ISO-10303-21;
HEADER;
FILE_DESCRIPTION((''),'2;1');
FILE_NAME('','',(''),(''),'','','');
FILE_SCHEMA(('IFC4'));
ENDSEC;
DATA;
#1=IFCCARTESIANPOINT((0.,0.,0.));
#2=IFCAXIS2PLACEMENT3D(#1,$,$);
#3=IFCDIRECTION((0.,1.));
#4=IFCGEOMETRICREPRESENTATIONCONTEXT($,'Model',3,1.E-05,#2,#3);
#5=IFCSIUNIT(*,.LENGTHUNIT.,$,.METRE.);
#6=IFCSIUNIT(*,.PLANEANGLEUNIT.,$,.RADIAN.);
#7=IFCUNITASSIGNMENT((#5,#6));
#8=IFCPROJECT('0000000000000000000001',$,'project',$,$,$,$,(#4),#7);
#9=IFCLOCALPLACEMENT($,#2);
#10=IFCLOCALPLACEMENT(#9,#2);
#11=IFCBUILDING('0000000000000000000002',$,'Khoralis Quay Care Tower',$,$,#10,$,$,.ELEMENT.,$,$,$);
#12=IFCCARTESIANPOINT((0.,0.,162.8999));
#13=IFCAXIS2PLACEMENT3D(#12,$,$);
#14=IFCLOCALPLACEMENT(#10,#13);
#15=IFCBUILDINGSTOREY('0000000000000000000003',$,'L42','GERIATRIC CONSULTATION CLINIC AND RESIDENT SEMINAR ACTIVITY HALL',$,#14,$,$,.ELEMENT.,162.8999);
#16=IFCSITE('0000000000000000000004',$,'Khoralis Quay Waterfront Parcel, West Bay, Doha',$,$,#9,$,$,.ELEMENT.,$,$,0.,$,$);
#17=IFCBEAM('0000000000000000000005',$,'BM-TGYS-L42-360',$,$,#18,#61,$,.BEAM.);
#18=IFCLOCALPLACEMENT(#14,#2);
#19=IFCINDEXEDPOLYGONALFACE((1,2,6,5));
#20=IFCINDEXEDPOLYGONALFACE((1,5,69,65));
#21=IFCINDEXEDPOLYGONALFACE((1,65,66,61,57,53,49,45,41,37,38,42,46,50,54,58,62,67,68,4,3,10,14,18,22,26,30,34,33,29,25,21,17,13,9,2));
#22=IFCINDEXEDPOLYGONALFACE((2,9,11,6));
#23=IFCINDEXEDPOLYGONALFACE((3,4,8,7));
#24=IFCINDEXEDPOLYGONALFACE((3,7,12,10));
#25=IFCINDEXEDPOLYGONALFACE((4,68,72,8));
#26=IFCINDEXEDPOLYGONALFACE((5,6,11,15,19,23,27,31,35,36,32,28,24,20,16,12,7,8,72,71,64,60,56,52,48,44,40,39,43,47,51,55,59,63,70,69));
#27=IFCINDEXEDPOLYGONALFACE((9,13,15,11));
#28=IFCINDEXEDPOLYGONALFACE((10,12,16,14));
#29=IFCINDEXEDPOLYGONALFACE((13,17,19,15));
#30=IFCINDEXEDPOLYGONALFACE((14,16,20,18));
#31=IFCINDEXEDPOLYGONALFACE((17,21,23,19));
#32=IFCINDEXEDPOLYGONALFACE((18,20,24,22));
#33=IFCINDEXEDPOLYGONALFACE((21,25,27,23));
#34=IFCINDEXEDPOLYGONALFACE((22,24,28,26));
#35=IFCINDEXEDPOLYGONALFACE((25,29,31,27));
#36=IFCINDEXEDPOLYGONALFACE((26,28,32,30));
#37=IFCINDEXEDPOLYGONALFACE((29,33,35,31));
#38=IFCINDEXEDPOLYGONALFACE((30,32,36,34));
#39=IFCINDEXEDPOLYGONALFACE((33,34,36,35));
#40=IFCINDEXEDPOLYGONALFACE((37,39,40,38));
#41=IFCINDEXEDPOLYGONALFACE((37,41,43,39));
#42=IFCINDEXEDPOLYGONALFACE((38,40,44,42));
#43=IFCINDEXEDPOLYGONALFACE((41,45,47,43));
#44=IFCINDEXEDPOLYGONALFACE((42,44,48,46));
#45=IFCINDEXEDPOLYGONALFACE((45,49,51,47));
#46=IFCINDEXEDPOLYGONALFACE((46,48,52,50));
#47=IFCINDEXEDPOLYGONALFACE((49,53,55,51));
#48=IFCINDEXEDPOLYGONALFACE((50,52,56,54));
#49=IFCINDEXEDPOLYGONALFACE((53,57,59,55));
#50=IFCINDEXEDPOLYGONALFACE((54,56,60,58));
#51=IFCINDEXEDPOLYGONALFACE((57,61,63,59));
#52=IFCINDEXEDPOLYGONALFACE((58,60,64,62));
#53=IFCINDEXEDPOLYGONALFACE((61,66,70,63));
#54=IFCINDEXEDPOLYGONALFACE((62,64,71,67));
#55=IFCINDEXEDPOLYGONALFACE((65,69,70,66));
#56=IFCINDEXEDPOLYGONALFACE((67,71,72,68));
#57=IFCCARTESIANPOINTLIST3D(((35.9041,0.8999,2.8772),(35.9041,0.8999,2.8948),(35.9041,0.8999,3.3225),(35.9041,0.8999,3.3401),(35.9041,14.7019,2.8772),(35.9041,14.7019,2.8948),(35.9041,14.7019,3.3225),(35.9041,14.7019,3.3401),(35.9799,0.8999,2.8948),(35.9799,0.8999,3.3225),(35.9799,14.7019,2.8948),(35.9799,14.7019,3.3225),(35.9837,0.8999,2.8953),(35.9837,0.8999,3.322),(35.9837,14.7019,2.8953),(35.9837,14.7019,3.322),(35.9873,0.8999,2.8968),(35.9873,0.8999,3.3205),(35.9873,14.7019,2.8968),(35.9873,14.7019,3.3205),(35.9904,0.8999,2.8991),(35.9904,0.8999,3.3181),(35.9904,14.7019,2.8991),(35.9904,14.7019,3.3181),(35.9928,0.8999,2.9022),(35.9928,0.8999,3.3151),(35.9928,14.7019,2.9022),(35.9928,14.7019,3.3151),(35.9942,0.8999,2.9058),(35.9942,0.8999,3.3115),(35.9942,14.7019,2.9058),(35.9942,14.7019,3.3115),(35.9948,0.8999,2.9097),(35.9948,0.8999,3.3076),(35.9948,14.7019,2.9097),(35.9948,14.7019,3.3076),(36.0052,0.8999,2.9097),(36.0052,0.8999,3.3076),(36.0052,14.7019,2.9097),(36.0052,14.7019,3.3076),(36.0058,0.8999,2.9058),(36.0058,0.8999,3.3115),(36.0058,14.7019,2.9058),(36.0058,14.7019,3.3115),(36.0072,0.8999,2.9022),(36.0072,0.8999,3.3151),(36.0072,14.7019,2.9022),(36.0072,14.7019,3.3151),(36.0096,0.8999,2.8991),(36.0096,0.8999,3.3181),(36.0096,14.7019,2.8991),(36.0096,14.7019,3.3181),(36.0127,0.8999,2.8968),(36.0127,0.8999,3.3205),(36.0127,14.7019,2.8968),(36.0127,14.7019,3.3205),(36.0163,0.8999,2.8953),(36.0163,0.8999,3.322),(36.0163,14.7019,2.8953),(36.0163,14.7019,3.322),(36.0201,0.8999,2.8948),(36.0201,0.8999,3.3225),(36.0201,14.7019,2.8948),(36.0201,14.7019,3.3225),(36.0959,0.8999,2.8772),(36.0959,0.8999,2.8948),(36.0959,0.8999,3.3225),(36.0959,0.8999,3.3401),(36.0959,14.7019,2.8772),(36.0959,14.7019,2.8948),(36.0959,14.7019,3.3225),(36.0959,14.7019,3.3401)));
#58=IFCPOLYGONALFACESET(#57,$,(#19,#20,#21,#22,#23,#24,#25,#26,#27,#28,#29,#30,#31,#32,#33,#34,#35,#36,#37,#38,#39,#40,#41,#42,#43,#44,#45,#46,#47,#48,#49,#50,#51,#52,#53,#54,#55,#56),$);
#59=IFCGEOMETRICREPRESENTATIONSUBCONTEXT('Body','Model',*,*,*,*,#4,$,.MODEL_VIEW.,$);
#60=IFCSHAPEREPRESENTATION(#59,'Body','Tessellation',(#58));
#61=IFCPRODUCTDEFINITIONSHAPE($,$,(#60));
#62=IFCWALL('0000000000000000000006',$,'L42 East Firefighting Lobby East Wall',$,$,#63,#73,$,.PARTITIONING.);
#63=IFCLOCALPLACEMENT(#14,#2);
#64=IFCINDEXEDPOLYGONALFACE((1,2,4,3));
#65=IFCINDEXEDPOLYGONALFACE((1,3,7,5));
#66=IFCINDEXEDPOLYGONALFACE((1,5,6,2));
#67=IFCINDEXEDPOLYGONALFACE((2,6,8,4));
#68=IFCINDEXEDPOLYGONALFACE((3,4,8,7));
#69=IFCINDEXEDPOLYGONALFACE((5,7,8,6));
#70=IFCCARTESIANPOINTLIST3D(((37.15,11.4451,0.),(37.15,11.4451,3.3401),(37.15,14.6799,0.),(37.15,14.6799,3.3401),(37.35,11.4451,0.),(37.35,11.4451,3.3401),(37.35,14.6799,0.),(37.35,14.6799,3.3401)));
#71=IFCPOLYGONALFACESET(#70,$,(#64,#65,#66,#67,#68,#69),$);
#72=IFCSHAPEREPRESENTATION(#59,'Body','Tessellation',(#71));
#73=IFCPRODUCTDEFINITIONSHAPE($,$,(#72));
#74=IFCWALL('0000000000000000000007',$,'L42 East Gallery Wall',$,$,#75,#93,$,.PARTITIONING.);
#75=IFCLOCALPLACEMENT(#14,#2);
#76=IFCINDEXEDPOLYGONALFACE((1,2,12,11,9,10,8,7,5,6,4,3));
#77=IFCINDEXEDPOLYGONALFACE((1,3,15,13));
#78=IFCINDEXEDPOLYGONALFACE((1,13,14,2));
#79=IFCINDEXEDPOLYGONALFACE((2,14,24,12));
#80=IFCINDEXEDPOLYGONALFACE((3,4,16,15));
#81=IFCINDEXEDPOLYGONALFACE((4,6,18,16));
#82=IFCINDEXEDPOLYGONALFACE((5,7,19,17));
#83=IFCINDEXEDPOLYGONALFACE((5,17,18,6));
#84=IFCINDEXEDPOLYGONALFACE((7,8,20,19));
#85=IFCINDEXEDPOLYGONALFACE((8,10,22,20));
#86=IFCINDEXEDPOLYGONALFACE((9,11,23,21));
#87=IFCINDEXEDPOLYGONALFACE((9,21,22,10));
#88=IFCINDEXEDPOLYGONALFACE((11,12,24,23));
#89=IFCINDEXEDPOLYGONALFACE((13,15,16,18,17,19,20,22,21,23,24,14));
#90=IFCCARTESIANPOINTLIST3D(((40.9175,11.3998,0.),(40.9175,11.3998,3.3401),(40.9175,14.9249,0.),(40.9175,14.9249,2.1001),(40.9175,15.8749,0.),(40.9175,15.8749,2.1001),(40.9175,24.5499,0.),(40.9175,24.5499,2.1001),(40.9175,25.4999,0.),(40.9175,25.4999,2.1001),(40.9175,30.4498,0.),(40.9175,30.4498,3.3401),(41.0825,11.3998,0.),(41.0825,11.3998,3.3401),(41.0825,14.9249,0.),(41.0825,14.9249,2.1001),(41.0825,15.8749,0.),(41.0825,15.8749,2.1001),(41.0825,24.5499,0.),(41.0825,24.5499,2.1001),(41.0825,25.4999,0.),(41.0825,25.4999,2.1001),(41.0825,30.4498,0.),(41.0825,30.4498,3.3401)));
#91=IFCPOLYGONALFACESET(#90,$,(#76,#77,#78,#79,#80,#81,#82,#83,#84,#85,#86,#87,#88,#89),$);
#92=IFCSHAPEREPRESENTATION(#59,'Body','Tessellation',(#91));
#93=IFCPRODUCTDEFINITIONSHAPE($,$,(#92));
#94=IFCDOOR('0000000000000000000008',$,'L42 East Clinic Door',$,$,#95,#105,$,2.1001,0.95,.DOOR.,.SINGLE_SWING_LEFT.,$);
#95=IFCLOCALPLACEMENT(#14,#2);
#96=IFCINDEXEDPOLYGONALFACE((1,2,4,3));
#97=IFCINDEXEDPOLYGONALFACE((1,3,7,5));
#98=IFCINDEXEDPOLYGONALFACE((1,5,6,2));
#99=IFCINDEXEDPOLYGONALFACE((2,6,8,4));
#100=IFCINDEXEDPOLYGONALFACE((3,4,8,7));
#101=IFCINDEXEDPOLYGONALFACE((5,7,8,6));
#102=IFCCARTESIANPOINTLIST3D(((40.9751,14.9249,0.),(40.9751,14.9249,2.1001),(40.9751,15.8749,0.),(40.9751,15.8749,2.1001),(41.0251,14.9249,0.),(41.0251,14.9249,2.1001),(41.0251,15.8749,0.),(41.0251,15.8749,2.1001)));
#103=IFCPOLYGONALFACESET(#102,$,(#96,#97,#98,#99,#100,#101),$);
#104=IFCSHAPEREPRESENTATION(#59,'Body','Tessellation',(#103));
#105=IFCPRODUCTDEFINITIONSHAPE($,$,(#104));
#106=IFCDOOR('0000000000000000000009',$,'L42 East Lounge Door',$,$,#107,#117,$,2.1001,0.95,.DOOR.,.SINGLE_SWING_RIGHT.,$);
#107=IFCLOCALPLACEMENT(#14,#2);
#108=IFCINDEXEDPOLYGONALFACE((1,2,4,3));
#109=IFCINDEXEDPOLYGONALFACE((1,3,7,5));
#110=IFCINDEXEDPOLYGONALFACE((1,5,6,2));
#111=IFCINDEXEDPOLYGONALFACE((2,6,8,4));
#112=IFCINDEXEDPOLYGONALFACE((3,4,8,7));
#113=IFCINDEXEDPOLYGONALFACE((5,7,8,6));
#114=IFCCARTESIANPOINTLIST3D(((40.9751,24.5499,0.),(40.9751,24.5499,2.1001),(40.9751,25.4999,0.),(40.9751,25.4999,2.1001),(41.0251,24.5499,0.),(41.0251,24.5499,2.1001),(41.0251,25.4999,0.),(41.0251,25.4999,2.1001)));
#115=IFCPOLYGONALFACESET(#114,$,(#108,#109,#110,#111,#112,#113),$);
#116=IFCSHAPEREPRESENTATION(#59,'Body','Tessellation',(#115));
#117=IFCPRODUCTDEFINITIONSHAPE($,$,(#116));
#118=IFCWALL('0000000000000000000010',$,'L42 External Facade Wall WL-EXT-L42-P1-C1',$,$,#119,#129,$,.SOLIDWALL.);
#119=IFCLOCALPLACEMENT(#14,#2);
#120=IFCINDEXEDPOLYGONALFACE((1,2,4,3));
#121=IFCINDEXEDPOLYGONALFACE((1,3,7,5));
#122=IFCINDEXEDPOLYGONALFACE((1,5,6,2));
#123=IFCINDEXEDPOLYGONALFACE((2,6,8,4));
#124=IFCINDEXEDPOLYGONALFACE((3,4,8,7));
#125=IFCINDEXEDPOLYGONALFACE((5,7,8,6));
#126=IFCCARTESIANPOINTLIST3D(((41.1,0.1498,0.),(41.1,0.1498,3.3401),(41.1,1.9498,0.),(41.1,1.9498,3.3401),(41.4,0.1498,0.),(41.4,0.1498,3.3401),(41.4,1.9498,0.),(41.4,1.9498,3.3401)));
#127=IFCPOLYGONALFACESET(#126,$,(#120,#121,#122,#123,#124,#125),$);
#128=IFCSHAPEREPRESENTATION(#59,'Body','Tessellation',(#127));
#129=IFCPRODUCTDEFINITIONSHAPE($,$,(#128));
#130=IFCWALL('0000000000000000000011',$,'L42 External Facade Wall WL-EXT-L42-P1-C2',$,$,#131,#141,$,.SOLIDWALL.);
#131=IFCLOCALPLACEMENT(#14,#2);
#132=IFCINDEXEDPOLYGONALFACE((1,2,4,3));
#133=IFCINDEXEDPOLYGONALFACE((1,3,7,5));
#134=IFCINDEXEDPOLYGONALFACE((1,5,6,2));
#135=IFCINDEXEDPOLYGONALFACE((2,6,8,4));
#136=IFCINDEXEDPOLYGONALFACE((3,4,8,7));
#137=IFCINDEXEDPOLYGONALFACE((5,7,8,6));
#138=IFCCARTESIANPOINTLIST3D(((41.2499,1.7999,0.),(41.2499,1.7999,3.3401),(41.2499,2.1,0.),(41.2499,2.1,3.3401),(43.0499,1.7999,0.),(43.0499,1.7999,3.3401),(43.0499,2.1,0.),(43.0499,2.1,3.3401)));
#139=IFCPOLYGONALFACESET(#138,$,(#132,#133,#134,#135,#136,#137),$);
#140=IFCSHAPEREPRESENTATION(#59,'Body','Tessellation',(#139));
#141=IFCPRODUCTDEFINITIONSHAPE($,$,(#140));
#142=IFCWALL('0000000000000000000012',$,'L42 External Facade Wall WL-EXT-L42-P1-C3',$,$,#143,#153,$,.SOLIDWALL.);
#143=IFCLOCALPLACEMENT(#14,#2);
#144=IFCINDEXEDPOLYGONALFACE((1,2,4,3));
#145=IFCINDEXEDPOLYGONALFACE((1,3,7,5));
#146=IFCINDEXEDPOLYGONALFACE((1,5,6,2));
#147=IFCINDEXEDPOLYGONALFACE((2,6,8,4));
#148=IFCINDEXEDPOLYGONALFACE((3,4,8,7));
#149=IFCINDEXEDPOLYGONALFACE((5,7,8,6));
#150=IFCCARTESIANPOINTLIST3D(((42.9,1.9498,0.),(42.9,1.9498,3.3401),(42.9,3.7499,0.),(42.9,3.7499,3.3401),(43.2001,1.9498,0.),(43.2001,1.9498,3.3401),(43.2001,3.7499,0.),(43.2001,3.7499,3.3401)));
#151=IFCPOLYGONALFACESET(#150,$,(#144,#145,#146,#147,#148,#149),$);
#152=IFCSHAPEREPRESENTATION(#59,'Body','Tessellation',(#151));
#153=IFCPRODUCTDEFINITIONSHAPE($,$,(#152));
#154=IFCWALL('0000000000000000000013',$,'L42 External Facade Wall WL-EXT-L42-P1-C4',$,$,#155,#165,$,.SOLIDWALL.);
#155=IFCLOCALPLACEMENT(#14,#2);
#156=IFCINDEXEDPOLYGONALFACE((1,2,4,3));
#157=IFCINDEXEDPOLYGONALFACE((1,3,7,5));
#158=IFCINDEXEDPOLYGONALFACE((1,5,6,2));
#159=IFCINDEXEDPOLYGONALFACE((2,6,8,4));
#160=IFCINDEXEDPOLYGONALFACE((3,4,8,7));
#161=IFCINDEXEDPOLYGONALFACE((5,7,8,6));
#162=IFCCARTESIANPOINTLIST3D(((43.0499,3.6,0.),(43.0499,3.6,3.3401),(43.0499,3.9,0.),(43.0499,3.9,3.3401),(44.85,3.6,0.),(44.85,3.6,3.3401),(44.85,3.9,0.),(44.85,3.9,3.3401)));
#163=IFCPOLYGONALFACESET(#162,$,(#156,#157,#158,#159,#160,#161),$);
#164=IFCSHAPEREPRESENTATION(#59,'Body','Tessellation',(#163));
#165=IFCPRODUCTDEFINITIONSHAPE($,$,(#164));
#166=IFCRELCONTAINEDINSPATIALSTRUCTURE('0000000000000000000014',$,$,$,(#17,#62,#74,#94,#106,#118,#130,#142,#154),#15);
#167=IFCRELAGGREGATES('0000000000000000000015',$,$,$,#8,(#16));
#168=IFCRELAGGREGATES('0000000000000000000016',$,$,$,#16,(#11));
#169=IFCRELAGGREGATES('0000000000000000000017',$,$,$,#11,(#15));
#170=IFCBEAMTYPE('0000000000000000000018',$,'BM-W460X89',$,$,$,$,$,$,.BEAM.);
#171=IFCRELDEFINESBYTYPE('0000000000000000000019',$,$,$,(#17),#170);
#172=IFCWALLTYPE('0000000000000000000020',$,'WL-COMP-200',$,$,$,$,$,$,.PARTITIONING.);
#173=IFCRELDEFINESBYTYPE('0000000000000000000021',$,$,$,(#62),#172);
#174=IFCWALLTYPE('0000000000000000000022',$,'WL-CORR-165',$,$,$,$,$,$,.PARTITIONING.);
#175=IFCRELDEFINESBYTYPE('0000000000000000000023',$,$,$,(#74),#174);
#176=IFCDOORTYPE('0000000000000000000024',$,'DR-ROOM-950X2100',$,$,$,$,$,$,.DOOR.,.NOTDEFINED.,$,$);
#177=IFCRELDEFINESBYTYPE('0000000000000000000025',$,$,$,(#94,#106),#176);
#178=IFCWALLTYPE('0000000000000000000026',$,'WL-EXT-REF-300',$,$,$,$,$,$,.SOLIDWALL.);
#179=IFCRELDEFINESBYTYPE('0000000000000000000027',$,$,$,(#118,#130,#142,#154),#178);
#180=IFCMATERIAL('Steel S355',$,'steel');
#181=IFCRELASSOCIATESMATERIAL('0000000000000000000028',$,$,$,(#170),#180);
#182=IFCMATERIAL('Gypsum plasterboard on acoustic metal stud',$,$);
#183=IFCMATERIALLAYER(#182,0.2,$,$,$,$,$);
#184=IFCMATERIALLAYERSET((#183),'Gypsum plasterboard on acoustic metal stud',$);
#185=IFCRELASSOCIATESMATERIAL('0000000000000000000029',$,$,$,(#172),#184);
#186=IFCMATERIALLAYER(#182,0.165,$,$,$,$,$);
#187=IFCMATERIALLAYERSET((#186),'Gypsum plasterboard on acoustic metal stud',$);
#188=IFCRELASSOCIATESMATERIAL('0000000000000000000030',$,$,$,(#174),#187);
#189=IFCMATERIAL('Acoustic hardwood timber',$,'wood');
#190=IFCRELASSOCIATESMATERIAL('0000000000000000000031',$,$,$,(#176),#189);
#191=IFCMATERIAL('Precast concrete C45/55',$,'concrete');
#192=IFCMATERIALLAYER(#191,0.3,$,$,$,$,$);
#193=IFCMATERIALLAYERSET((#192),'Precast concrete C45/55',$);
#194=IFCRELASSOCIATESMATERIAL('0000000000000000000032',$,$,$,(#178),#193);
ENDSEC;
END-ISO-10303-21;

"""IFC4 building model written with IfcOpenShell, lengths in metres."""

from ifc_helpers import new_model, si_unit, direction, frame, frame_2d, origin, origin_2d, place, context, subcontext, project, spatial, rectangle, i_section, extrude, source, transform, mapped, material, layer, layer_set, material_profile, profile_set, type_object, element, fill, save


model = new_model("IFC4")

# Units and contexts
model_context = context("Model", 3, precision=1e-05, world=origin(), true_north=direction((0.0, 1.0)))
body_context = subcontext(model_context, "Body", "Model", "MODEL_VIEW")
ifc_project = project(units=[si_unit("LENGTHUNIT", "METRE"), si_unit("PLANEANGLEUNIT", "RADIAN")], contexts=[model_context])

# Site, building, storey
site_placement = place(None, origin())
site = spatial("IfcSite", under=ifc_project, at=site_placement, Name="Khoralis Quay Waterfront Parcel, West Bay, Doha", CompositionType="ELEMENT", RefElevation=0.0)
building_placement = place(site_placement, origin())
building = spatial("IfcBuilding", under=site, at=building_placement, Name="Khoralis Quay Care Tower", CompositionType="ELEMENT")
storey_placement = place(building_placement, frame((0.0, 0.0, 162.8999)))
storey = spatial("IfcBuildingStorey", under=building, at=storey_placement, Name="L42", Description="GERIATRIC CONSULTATION CLINIC AND RESIDENT SEMINAR ACTIVITY HALL", CompositionType="ELEMENT", Elevation=162.8999)

# Beam
ifc_material_1 = material(Name="Steel S355", Category="steel")
ifc_material_profile_1 = material_profile(ifc_material_1, i_section(OverallWidth=0.1919, OverallDepth=0.4629, WebThickness=0.0105, FlangeThickness=0.0176, FilletRadius=0.0149, at=origin_2d()), Name="Steel S355")
ifc_profile_set_1 = profile_set([ifc_material_profile_1], Name="Steel S355")
beam_type_1 = type_object("IfcBeamType", Name="BM-W460X89", PredefinedType="BEAM", material=ifc_profile_set_1)
shared_shape_1 = source(origin(), body_context, "Body", "SweptSolid", [
    extrude(i_section(OverallWidth=0.1919, OverallDepth=0.4629, WebThickness=0.0105, FlangeThickness=0.0176, FilletRadius=0.0149, at=origin_2d()), origin(), (0.0, 0.0, 1.0), 13.802),
])
beam_1_placement = place(storey_placement, frame((36.0, 0.8999, 3.1086), z_axis=(0.0, 1.0, 0.0), x_axis=(-1.0, 0.0, 0.0)))
element("IfcBeam", 1, at=beam_1_placement, inside=storey, type_object=beam_type_1, Name="BM-TGYS-L42-360", PredefinedType="BEAM", context=body_context, shape_type="MappedRepresentation", body=[
    mapped(shared_shape_1, transform((0.0, 0.0, 0.0), scale=1.0)),
])

# Wall
ifc_material_2 = material(Name="Gypsum plasterboard on acoustic metal stud")
ifc_layer_1 = layer(ifc_material_2, 0.2)
ifc_layer_set_1 = layer_set([ifc_layer_1], Name="Gypsum plasterboard on acoustic metal stud")
wall_type_1 = type_object("IfcWallType", Name="WL-COMP-200", PredefinedType="PARTITIONING", material=ifc_layer_set_1)
wall_1_placement = place(storey_placement, frame((37.25, 11.4451, 0.0), z_axis=(0.0, 0.0, 1.0), x_axis=(0.0, 1.0, 0.0)))
element("IfcWall", 2, at=wall_1_placement, inside=storey, type_object=wall_type_1, Name="L42 East Firefighting Lobby East Wall", PredefinedType="PARTITIONING", context=body_context, shape_type="SweptSolid", body=[
    extrude(rectangle(XDim=3.2349, YDim=0.2, at=frame_2d((1.6174, 0.0))), origin(), (0.0, 0.0, 1.0), 3.3401),
])

# Wall, openings, doors
ifc_layer_2 = layer(ifc_material_2, 0.165)
ifc_layer_set_2 = layer_set([ifc_layer_2], Name="Gypsum plasterboard on acoustic metal stud")
wall_type_2 = type_object("IfcWallType", Name="WL-CORR-165", PredefinedType="PARTITIONING", material=ifc_layer_set_2)
wall_2_placement = place(storey_placement, frame((41.0, 11.3999, 0.0), z_axis=(0.0, 0.0, 1.0), x_axis=(0.0, 1.0, 0.0)))
wall_2 = element("IfcWall", 3, at=wall_2_placement, inside=storey, type_object=wall_type_2, Name="L42 East Gallery Wall", PredefinedType="PARTITIONING", context=body_context, shape_type="SweptSolid", body=[
    extrude(rectangle(XDim=19.05, YDim=0.165, at=frame_2d((9.5249, 0.0))), origin(), (0.0, 0.0, 1.0), 3.3401),
])
opening_1_placement = place(wall_2_placement, frame((3.5249, 0.0, 0.0)))
opening_1 = element("IfcOpeningElement", 4, at=opening_1_placement, cuts=wall_2, PredefinedType="OPENING", context=body_context, shape_type="SweptSolid", body=[
    extrude(rectangle(XDim=0.95, YDim=2.1001, at=frame_2d((0.4751, 1.05))), frame((0.0, 0.0925, 0.0), z_axis=(0.0, -1.0, 0.0), x_axis=(1.0, 0.0, 0.0)), (0.0, 0.0, 1.0), 0.1851),
])
opening_2_placement = place(wall_2_placement, frame((13.1499, 0.0, 0.0)))
opening_2 = element("IfcOpeningElement", 5, at=opening_2_placement, cuts=wall_2, PredefinedType="OPENING", context=body_context, shape_type="SweptSolid", body=[
    extrude(rectangle(XDim=0.95, YDim=2.1001, at=frame_2d((0.4751, 1.05))), frame((0.0, 0.0925, 0.0), z_axis=(0.0, -1.0, 0.0), x_axis=(1.0, 0.0, 0.0)), (0.0, 0.0, 1.0), 0.1851),
])
ifc_material_3 = material(Name="Acoustic hardwood timber", Category="wood")
door_type = type_object("IfcDoorType", Name="DR-ROOM-950X2100", OperationType="NOTDEFINED", PredefinedType="DOOR", material=ifc_material_3)
shared_shape_2 = source(origin(), body_context, "Body", "SweptSolid", [
    extrude(rectangle(XDim=0.95, YDim=2.1001, at=frame_2d((0.4751, 1.05))), frame((0.0, 0.0249, 0.0), z_axis=(0.0, -1.0, 0.0), x_axis=(1.0, 0.0, 0.0)), (0.0, 0.0, 1.0), 0.05),
])
door_1_placement = place(opening_1_placement, origin())
door_1 = element("IfcDoor", 6, at=door_1_placement, inside=storey, type_object=door_type, Name="L42 East Clinic Door", OperationType="SINGLE_SWING_LEFT", OverallHeight=2.1001, OverallWidth=0.95, PredefinedType="DOOR", context=body_context, shape_type="MappedRepresentation", body=[
    mapped(shared_shape_2, transform((0.0, 0.0, 0.0), scale=1.0)),
])
fill(opening_1, door_1)
door_2_placement = place(opening_2_placement, origin())
door_2 = element("IfcDoor", 7, at=door_2_placement, inside=storey, type_object=door_type, Name="L42 East Lounge Door", OperationType="SINGLE_SWING_RIGHT", OverallHeight=2.1001, OverallWidth=0.95, PredefinedType="DOOR", context=body_context, shape_type="MappedRepresentation", body=[
    mapped(shared_shape_2, transform((0.0, 0.0, 0.0), scale=1.0)),
])
fill(opening_2, door_2)

# Walls
ifc_material_4 = material(Name="Precast concrete C45/55", Category="concrete")
ifc_layer_3 = layer(ifc_material_4, 0.3)
ifc_layer_set_3 = layer_set([ifc_layer_3], Name="Precast concrete C45/55")
wall_type_3 = type_object("IfcWallType", Name="WL-EXT-REF-300", PredefinedType="SOLIDWALL", material=ifc_layer_set_3)
for number, where, z_axis, x_axis, name in (
    (8, (41.25, 0.1499, 0.0), (0.0, 0.0, 1.0), (0.0, 1.0, 0.0), "L42 External Facade Wall WL-EXT-L42-P1-C1"),
    (9, (41.25, 1.95, 0.0), (0.0, 0.0, 1.0), (1.0, 0.0, 0.0), "L42 External Facade Wall WL-EXT-L42-P1-C2"),
    (10, (43.05, 1.95, 0.0), (0.0, 0.0, 1.0), (0.0, 1.0, 0.0), "L42 External Facade Wall WL-EXT-L42-P1-C3"),
    (11, (43.05, 3.75, 0.0), (0.0, 0.0, 1.0), (1.0, 0.0, 0.0), "L42 External Facade Wall WL-EXT-L42-P1-C4"),
):
    element("IfcWall", number, at=place(storey_placement, frame(where, z_axis=z_axis, x_axis=x_axis)), inside=storey, type_object=wall_type_3, Name=name, PredefinedType="SOLIDWALL", context=body_context, shape_type="SweptSolid", body=[
        extrude(rectangle(XDim=1.8, YDim=0.3, at=frame_2d((0.8999, 0.0))), origin(), (0.0, 0.0, 1.0), 3.3401),
    ])

save(model, "model.ifc")
